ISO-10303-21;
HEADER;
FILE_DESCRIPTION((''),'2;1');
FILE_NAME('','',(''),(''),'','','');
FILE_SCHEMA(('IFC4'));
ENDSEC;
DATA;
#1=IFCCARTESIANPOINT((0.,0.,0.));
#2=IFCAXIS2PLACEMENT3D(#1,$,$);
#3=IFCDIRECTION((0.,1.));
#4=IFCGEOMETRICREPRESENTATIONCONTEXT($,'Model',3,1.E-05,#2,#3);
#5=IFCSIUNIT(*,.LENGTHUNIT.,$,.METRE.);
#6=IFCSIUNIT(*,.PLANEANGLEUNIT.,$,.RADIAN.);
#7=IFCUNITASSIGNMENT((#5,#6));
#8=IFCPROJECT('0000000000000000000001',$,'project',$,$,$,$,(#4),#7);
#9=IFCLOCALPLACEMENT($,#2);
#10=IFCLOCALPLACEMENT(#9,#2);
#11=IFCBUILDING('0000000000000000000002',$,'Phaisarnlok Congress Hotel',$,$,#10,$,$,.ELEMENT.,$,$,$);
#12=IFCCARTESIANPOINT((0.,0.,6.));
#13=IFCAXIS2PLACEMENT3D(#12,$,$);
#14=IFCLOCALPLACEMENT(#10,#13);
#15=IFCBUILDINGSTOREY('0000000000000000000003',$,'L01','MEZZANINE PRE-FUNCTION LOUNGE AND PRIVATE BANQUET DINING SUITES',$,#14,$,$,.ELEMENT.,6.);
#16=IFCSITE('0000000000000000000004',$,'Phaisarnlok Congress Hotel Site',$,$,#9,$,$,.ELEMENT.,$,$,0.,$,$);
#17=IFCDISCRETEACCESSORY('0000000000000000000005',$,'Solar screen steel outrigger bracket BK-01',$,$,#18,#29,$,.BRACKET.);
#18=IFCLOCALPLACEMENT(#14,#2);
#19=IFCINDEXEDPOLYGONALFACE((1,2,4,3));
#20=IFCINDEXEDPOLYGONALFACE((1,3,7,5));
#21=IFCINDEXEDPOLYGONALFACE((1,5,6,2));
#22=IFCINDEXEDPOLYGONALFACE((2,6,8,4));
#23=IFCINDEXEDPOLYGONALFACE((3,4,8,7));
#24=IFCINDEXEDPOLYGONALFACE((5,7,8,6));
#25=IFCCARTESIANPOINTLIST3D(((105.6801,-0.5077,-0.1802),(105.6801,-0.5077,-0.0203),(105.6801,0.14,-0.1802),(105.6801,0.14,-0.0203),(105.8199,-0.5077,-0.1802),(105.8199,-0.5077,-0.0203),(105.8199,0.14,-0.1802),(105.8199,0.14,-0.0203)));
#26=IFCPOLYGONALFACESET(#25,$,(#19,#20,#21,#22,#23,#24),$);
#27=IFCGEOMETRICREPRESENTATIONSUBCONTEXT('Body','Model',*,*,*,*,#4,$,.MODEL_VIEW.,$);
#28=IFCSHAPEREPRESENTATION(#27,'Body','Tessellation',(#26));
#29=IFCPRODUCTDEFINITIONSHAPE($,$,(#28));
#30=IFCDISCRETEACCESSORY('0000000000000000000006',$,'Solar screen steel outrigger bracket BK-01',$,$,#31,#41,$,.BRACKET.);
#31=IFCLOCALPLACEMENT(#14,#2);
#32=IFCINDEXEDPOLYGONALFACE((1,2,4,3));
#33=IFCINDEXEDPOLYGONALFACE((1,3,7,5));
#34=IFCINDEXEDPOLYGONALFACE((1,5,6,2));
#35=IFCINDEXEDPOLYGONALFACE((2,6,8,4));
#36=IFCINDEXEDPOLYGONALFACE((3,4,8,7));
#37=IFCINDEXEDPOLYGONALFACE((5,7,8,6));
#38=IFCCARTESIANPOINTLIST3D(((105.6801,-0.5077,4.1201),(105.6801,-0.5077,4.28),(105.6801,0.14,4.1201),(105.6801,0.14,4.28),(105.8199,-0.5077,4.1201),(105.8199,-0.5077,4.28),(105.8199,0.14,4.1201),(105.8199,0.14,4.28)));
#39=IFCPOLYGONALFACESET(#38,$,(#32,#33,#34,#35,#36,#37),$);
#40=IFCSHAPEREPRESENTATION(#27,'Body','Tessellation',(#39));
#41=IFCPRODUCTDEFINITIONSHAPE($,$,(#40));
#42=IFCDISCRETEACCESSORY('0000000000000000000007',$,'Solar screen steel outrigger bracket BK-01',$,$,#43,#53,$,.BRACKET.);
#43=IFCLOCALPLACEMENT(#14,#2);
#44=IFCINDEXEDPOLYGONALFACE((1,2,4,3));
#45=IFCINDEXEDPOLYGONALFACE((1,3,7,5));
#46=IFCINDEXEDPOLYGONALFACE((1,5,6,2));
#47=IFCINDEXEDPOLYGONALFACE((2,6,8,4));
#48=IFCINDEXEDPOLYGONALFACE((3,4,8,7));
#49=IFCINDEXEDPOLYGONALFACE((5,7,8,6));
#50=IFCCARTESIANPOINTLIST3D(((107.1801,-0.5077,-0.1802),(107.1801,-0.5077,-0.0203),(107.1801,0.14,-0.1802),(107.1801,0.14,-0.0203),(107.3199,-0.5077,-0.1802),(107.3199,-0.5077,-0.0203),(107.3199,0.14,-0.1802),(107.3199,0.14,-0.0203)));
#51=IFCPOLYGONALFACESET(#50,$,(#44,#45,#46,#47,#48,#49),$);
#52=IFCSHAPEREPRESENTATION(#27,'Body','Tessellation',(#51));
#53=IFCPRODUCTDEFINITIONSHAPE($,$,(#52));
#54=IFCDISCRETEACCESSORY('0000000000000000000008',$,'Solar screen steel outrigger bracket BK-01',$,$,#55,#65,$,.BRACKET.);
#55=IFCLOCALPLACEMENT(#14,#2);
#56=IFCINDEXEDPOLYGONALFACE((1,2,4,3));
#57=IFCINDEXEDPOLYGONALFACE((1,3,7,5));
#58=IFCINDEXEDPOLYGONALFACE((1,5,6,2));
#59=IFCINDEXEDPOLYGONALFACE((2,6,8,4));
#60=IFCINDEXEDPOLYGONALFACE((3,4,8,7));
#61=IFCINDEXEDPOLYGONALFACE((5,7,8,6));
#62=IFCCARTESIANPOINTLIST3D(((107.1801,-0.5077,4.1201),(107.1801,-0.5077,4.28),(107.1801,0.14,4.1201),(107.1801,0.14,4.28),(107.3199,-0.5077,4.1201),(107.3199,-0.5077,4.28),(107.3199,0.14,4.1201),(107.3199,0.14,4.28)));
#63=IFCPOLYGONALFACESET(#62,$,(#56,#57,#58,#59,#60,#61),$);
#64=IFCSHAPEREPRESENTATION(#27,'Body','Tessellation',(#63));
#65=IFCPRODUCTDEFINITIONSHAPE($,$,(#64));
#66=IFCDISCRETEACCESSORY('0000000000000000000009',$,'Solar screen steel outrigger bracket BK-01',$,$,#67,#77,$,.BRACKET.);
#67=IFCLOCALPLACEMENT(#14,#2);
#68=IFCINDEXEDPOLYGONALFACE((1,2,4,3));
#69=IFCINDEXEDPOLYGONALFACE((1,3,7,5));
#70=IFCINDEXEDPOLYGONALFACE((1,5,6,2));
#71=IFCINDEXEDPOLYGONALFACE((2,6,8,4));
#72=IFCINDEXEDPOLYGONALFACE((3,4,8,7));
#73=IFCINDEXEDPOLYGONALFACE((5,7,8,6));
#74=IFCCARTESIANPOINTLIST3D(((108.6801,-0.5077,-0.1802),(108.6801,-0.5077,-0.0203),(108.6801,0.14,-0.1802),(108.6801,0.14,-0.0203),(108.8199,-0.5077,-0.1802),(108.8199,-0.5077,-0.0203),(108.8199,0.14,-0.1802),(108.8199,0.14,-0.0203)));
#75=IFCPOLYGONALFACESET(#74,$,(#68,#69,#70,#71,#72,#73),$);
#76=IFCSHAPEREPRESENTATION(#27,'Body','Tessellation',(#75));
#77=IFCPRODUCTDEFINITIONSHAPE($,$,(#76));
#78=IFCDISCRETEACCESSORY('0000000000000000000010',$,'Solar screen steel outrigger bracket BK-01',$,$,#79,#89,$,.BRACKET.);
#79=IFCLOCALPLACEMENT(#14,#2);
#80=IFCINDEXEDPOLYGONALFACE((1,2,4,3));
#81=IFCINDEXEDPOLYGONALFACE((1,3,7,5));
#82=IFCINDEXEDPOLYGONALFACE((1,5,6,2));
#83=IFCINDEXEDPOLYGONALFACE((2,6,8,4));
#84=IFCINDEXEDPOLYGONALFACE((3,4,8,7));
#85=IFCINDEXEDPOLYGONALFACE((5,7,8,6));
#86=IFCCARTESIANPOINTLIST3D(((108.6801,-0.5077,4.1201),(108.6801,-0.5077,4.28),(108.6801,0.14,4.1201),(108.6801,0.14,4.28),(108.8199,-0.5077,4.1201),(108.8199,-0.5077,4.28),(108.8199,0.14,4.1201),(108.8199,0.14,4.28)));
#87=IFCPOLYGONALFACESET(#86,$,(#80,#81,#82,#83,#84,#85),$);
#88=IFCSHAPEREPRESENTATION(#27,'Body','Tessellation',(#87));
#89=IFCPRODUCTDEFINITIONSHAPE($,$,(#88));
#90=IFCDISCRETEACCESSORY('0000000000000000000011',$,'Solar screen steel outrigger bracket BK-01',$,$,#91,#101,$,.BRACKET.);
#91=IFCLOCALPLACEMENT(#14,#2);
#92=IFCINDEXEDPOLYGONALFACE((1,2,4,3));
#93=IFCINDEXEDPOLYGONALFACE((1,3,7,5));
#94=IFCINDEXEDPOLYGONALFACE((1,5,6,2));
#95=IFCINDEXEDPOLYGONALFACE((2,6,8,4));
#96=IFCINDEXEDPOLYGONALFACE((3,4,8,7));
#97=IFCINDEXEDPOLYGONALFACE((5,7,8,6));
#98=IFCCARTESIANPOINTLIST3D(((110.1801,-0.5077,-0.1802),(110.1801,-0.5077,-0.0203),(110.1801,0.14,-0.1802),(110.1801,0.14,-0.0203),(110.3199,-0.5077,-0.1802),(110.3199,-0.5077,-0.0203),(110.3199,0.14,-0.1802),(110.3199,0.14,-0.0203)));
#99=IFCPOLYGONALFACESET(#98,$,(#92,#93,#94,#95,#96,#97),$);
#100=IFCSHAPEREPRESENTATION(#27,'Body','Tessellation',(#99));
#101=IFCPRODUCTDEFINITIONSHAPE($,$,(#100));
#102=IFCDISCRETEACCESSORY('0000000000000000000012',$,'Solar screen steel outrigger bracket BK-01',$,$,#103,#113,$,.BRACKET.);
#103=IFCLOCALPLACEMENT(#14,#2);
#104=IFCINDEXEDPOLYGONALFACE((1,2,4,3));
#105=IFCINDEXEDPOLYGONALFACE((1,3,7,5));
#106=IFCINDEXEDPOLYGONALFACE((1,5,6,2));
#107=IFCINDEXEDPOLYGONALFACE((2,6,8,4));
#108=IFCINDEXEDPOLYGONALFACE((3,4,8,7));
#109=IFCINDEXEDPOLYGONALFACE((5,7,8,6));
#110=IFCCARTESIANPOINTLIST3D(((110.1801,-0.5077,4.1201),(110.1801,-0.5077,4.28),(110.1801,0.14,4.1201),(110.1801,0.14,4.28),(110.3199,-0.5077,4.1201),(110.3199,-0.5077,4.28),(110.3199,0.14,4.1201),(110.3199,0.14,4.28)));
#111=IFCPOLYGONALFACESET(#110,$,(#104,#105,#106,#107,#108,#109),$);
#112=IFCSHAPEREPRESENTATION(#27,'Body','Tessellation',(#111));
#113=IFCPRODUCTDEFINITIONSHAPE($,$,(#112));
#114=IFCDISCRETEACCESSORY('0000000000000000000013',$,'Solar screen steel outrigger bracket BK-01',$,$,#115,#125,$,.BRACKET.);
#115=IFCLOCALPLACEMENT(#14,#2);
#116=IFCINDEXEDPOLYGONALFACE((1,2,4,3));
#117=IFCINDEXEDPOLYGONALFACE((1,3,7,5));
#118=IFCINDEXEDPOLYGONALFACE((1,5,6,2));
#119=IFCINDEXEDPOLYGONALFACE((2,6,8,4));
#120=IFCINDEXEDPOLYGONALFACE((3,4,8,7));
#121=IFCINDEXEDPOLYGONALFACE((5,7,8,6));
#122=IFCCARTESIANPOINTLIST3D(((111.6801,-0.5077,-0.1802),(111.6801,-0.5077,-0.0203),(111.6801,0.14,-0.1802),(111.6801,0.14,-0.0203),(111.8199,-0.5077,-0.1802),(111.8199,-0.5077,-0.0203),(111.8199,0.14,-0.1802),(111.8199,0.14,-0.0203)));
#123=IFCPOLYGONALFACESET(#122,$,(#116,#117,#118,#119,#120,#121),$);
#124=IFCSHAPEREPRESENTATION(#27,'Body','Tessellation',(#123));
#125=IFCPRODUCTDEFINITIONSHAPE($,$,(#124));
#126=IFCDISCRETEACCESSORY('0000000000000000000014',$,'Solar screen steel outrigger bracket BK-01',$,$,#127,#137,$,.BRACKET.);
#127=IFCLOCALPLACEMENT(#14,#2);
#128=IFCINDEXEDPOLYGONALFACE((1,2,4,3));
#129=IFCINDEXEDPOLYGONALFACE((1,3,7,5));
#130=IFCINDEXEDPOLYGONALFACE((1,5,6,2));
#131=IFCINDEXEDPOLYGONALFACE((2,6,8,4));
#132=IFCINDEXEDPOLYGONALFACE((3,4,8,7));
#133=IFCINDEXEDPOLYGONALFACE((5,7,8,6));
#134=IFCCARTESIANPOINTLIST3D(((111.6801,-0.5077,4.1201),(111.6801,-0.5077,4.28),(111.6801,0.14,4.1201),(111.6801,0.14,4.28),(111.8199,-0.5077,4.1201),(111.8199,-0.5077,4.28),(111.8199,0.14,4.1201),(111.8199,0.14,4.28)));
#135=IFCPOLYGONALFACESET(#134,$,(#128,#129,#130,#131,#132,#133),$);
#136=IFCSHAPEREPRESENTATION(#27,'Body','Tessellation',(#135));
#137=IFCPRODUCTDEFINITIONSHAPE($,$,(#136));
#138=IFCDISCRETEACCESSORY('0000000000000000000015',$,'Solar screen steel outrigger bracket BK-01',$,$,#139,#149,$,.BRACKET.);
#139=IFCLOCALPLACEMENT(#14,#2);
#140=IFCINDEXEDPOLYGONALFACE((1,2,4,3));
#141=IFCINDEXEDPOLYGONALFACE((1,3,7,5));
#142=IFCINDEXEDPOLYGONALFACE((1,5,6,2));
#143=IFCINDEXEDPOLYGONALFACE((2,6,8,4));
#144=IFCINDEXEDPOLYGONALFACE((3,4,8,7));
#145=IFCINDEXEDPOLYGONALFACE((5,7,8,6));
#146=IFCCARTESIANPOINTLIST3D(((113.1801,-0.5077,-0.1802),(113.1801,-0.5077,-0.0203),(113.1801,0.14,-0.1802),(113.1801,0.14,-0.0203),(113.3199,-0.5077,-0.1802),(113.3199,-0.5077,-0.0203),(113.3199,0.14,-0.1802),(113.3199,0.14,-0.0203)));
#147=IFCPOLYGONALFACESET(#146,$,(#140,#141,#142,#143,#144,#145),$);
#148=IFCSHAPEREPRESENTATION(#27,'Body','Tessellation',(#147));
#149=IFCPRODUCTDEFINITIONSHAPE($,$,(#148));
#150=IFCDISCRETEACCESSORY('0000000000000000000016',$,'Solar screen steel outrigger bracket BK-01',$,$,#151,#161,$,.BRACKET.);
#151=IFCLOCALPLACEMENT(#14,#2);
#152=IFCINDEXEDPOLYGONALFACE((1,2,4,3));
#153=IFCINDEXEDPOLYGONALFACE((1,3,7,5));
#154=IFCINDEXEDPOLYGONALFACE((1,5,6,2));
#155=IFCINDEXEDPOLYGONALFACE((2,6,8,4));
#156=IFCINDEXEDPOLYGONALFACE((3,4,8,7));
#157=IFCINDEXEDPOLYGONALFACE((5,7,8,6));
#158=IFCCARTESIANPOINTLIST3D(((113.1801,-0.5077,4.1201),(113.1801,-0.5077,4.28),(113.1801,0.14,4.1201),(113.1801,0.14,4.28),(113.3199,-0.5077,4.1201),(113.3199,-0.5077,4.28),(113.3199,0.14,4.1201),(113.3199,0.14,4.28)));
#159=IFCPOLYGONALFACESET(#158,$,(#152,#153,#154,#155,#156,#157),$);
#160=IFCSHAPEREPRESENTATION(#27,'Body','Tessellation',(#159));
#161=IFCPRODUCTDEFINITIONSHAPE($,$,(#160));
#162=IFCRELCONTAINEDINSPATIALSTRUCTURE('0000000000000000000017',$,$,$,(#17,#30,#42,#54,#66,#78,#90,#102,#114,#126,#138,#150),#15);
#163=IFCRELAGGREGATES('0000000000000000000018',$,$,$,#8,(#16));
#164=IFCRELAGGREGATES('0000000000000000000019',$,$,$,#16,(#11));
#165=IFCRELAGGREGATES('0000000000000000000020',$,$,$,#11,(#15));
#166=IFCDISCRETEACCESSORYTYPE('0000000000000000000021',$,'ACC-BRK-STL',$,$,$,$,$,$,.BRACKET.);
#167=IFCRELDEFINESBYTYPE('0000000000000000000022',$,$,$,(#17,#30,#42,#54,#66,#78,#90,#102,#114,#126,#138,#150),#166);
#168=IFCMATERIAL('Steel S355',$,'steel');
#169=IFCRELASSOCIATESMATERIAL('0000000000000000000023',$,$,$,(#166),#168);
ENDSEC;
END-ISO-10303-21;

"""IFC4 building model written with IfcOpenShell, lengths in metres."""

from ifc_helpers import new_model, si_unit, direction, frame, origin, origin_2d, place, context, subcontext, project, spatial, rectangle, extrude, material, type_object, element, save


model = new_model("IFC4")

# Units and contexts
model_context = context("Model", 3, precision=1e-05, world=origin(), true_north=direction((0.0, 1.0)))
body_context = subcontext(model_context, "Body", "Model", "MODEL_VIEW")
ifc_project = project(units=[si_unit("LENGTHUNIT", "METRE"), si_unit("PLANEANGLEUNIT", "RADIAN")], contexts=[model_context])

# Site, building, storey
site_placement = place(None, origin())
site = spatial("IfcSite", under=ifc_project, at=site_placement, Name="Phaisarnlok Congress Hotel Site", CompositionType="ELEMENT", RefElevation=0.0)
building_placement = place(site_placement, origin())
building = spatial("IfcBuilding", under=site, at=building_placement, Name="Phaisarnlok Congress Hotel", CompositionType="ELEMENT")
storey_placement = place(building_placement, frame((0.0, 0.0, 6.0)))
storey = spatial("IfcBuildingStorey", under=building, at=storey_placement, Name="L01", Description="MEZZANINE PRE-FUNCTION LOUNGE AND PRIVATE BANQUET DINING SUITES", CompositionType="ELEMENT", Elevation=6.0)

# Discrete accessories
ifc_material_1 = material(Name="Steel S355", Category="steel")
discrete_accessory_type = type_object("IfcDiscreteAccessoryType", Name="ACC-BRK-STL", PredefinedType="BRACKET", material=ifc_material_1)
for number, where, z_axis, x_axis, name in (
    (1, (105.75, -0.1838, -0.1802), (0.0, 0.0, 1.0), (1.0, 0.0, 0.0), "Solar screen steel outrigger bracket BK-01"),
    (2, (105.75, -0.1838, 4.1201), (0.0, 0.0, 1.0), (1.0, 0.0, 0.0), "Solar screen steel outrigger bracket BK-01"),
    (3, (107.25, -0.1838, -0.1802), (0.0, 0.0, 1.0), (1.0, 0.0, 0.0), "Solar screen steel outrigger bracket BK-01"),
    (4, (107.25, -0.1838, 4.1201), (0.0, 0.0, 1.0), (1.0, 0.0, 0.0), "Solar screen steel outrigger bracket BK-01"),
    (5, (108.75, -0.1838, -0.1802), (0.0, 0.0, 1.0), (1.0, 0.0, 0.0), "Solar screen steel outrigger bracket BK-01"),
    (6, (108.75, -0.1838, 4.1201), (0.0, 0.0, 1.0), (1.0, 0.0, 0.0), "Solar screen steel outrigger bracket BK-01"),
    (7, (110.25, -0.1838, -0.1802), (0.0, 0.0, 1.0), (1.0, 0.0, 0.0), "Solar screen steel outrigger bracket BK-01"),
    (8, (110.25, -0.1838, 4.1201), (0.0, 0.0, 1.0), (1.0, 0.0, 0.0), "Solar screen steel outrigger bracket BK-01"),
    (9, (111.75, -0.1838, -0.1802), (0.0, 0.0, 1.0), (1.0, 0.0, 0.0), "Solar screen steel outrigger bracket BK-01"),
    (10, (111.75, -0.1838, 4.1201), (0.0, 0.0, 1.0), (1.0, 0.0, 0.0), "Solar screen steel outrigger bracket BK-01"),
    (11, (113.25, -0.1838, -0.1802), (0.0, 0.0, 1.0), (1.0, 0.0, 0.0), "Solar screen steel outrigger bracket BK-01"),
    (12, (113.25, -0.1838, 4.1201), (0.0, 0.0, 1.0), (1.0, 0.0, 0.0), "Solar screen steel outrigger bracket BK-01"),
):
    element("IfcDiscreteAccessory", number, at=place(storey_placement, frame(where, z_axis=z_axis, x_axis=x_axis)), inside=storey, type_object=discrete_accessory_type, Name=name, PredefinedType="BRACKET", context=body_context, shape_type="SweptSolid", body=[
        extrude(rectangle(XDim=0.1399, YDim=0.6477, at=origin_2d()), origin(), (0.0, 0.0, 1.0), 0.1599),
    ])

save(model, "model.ifc")
